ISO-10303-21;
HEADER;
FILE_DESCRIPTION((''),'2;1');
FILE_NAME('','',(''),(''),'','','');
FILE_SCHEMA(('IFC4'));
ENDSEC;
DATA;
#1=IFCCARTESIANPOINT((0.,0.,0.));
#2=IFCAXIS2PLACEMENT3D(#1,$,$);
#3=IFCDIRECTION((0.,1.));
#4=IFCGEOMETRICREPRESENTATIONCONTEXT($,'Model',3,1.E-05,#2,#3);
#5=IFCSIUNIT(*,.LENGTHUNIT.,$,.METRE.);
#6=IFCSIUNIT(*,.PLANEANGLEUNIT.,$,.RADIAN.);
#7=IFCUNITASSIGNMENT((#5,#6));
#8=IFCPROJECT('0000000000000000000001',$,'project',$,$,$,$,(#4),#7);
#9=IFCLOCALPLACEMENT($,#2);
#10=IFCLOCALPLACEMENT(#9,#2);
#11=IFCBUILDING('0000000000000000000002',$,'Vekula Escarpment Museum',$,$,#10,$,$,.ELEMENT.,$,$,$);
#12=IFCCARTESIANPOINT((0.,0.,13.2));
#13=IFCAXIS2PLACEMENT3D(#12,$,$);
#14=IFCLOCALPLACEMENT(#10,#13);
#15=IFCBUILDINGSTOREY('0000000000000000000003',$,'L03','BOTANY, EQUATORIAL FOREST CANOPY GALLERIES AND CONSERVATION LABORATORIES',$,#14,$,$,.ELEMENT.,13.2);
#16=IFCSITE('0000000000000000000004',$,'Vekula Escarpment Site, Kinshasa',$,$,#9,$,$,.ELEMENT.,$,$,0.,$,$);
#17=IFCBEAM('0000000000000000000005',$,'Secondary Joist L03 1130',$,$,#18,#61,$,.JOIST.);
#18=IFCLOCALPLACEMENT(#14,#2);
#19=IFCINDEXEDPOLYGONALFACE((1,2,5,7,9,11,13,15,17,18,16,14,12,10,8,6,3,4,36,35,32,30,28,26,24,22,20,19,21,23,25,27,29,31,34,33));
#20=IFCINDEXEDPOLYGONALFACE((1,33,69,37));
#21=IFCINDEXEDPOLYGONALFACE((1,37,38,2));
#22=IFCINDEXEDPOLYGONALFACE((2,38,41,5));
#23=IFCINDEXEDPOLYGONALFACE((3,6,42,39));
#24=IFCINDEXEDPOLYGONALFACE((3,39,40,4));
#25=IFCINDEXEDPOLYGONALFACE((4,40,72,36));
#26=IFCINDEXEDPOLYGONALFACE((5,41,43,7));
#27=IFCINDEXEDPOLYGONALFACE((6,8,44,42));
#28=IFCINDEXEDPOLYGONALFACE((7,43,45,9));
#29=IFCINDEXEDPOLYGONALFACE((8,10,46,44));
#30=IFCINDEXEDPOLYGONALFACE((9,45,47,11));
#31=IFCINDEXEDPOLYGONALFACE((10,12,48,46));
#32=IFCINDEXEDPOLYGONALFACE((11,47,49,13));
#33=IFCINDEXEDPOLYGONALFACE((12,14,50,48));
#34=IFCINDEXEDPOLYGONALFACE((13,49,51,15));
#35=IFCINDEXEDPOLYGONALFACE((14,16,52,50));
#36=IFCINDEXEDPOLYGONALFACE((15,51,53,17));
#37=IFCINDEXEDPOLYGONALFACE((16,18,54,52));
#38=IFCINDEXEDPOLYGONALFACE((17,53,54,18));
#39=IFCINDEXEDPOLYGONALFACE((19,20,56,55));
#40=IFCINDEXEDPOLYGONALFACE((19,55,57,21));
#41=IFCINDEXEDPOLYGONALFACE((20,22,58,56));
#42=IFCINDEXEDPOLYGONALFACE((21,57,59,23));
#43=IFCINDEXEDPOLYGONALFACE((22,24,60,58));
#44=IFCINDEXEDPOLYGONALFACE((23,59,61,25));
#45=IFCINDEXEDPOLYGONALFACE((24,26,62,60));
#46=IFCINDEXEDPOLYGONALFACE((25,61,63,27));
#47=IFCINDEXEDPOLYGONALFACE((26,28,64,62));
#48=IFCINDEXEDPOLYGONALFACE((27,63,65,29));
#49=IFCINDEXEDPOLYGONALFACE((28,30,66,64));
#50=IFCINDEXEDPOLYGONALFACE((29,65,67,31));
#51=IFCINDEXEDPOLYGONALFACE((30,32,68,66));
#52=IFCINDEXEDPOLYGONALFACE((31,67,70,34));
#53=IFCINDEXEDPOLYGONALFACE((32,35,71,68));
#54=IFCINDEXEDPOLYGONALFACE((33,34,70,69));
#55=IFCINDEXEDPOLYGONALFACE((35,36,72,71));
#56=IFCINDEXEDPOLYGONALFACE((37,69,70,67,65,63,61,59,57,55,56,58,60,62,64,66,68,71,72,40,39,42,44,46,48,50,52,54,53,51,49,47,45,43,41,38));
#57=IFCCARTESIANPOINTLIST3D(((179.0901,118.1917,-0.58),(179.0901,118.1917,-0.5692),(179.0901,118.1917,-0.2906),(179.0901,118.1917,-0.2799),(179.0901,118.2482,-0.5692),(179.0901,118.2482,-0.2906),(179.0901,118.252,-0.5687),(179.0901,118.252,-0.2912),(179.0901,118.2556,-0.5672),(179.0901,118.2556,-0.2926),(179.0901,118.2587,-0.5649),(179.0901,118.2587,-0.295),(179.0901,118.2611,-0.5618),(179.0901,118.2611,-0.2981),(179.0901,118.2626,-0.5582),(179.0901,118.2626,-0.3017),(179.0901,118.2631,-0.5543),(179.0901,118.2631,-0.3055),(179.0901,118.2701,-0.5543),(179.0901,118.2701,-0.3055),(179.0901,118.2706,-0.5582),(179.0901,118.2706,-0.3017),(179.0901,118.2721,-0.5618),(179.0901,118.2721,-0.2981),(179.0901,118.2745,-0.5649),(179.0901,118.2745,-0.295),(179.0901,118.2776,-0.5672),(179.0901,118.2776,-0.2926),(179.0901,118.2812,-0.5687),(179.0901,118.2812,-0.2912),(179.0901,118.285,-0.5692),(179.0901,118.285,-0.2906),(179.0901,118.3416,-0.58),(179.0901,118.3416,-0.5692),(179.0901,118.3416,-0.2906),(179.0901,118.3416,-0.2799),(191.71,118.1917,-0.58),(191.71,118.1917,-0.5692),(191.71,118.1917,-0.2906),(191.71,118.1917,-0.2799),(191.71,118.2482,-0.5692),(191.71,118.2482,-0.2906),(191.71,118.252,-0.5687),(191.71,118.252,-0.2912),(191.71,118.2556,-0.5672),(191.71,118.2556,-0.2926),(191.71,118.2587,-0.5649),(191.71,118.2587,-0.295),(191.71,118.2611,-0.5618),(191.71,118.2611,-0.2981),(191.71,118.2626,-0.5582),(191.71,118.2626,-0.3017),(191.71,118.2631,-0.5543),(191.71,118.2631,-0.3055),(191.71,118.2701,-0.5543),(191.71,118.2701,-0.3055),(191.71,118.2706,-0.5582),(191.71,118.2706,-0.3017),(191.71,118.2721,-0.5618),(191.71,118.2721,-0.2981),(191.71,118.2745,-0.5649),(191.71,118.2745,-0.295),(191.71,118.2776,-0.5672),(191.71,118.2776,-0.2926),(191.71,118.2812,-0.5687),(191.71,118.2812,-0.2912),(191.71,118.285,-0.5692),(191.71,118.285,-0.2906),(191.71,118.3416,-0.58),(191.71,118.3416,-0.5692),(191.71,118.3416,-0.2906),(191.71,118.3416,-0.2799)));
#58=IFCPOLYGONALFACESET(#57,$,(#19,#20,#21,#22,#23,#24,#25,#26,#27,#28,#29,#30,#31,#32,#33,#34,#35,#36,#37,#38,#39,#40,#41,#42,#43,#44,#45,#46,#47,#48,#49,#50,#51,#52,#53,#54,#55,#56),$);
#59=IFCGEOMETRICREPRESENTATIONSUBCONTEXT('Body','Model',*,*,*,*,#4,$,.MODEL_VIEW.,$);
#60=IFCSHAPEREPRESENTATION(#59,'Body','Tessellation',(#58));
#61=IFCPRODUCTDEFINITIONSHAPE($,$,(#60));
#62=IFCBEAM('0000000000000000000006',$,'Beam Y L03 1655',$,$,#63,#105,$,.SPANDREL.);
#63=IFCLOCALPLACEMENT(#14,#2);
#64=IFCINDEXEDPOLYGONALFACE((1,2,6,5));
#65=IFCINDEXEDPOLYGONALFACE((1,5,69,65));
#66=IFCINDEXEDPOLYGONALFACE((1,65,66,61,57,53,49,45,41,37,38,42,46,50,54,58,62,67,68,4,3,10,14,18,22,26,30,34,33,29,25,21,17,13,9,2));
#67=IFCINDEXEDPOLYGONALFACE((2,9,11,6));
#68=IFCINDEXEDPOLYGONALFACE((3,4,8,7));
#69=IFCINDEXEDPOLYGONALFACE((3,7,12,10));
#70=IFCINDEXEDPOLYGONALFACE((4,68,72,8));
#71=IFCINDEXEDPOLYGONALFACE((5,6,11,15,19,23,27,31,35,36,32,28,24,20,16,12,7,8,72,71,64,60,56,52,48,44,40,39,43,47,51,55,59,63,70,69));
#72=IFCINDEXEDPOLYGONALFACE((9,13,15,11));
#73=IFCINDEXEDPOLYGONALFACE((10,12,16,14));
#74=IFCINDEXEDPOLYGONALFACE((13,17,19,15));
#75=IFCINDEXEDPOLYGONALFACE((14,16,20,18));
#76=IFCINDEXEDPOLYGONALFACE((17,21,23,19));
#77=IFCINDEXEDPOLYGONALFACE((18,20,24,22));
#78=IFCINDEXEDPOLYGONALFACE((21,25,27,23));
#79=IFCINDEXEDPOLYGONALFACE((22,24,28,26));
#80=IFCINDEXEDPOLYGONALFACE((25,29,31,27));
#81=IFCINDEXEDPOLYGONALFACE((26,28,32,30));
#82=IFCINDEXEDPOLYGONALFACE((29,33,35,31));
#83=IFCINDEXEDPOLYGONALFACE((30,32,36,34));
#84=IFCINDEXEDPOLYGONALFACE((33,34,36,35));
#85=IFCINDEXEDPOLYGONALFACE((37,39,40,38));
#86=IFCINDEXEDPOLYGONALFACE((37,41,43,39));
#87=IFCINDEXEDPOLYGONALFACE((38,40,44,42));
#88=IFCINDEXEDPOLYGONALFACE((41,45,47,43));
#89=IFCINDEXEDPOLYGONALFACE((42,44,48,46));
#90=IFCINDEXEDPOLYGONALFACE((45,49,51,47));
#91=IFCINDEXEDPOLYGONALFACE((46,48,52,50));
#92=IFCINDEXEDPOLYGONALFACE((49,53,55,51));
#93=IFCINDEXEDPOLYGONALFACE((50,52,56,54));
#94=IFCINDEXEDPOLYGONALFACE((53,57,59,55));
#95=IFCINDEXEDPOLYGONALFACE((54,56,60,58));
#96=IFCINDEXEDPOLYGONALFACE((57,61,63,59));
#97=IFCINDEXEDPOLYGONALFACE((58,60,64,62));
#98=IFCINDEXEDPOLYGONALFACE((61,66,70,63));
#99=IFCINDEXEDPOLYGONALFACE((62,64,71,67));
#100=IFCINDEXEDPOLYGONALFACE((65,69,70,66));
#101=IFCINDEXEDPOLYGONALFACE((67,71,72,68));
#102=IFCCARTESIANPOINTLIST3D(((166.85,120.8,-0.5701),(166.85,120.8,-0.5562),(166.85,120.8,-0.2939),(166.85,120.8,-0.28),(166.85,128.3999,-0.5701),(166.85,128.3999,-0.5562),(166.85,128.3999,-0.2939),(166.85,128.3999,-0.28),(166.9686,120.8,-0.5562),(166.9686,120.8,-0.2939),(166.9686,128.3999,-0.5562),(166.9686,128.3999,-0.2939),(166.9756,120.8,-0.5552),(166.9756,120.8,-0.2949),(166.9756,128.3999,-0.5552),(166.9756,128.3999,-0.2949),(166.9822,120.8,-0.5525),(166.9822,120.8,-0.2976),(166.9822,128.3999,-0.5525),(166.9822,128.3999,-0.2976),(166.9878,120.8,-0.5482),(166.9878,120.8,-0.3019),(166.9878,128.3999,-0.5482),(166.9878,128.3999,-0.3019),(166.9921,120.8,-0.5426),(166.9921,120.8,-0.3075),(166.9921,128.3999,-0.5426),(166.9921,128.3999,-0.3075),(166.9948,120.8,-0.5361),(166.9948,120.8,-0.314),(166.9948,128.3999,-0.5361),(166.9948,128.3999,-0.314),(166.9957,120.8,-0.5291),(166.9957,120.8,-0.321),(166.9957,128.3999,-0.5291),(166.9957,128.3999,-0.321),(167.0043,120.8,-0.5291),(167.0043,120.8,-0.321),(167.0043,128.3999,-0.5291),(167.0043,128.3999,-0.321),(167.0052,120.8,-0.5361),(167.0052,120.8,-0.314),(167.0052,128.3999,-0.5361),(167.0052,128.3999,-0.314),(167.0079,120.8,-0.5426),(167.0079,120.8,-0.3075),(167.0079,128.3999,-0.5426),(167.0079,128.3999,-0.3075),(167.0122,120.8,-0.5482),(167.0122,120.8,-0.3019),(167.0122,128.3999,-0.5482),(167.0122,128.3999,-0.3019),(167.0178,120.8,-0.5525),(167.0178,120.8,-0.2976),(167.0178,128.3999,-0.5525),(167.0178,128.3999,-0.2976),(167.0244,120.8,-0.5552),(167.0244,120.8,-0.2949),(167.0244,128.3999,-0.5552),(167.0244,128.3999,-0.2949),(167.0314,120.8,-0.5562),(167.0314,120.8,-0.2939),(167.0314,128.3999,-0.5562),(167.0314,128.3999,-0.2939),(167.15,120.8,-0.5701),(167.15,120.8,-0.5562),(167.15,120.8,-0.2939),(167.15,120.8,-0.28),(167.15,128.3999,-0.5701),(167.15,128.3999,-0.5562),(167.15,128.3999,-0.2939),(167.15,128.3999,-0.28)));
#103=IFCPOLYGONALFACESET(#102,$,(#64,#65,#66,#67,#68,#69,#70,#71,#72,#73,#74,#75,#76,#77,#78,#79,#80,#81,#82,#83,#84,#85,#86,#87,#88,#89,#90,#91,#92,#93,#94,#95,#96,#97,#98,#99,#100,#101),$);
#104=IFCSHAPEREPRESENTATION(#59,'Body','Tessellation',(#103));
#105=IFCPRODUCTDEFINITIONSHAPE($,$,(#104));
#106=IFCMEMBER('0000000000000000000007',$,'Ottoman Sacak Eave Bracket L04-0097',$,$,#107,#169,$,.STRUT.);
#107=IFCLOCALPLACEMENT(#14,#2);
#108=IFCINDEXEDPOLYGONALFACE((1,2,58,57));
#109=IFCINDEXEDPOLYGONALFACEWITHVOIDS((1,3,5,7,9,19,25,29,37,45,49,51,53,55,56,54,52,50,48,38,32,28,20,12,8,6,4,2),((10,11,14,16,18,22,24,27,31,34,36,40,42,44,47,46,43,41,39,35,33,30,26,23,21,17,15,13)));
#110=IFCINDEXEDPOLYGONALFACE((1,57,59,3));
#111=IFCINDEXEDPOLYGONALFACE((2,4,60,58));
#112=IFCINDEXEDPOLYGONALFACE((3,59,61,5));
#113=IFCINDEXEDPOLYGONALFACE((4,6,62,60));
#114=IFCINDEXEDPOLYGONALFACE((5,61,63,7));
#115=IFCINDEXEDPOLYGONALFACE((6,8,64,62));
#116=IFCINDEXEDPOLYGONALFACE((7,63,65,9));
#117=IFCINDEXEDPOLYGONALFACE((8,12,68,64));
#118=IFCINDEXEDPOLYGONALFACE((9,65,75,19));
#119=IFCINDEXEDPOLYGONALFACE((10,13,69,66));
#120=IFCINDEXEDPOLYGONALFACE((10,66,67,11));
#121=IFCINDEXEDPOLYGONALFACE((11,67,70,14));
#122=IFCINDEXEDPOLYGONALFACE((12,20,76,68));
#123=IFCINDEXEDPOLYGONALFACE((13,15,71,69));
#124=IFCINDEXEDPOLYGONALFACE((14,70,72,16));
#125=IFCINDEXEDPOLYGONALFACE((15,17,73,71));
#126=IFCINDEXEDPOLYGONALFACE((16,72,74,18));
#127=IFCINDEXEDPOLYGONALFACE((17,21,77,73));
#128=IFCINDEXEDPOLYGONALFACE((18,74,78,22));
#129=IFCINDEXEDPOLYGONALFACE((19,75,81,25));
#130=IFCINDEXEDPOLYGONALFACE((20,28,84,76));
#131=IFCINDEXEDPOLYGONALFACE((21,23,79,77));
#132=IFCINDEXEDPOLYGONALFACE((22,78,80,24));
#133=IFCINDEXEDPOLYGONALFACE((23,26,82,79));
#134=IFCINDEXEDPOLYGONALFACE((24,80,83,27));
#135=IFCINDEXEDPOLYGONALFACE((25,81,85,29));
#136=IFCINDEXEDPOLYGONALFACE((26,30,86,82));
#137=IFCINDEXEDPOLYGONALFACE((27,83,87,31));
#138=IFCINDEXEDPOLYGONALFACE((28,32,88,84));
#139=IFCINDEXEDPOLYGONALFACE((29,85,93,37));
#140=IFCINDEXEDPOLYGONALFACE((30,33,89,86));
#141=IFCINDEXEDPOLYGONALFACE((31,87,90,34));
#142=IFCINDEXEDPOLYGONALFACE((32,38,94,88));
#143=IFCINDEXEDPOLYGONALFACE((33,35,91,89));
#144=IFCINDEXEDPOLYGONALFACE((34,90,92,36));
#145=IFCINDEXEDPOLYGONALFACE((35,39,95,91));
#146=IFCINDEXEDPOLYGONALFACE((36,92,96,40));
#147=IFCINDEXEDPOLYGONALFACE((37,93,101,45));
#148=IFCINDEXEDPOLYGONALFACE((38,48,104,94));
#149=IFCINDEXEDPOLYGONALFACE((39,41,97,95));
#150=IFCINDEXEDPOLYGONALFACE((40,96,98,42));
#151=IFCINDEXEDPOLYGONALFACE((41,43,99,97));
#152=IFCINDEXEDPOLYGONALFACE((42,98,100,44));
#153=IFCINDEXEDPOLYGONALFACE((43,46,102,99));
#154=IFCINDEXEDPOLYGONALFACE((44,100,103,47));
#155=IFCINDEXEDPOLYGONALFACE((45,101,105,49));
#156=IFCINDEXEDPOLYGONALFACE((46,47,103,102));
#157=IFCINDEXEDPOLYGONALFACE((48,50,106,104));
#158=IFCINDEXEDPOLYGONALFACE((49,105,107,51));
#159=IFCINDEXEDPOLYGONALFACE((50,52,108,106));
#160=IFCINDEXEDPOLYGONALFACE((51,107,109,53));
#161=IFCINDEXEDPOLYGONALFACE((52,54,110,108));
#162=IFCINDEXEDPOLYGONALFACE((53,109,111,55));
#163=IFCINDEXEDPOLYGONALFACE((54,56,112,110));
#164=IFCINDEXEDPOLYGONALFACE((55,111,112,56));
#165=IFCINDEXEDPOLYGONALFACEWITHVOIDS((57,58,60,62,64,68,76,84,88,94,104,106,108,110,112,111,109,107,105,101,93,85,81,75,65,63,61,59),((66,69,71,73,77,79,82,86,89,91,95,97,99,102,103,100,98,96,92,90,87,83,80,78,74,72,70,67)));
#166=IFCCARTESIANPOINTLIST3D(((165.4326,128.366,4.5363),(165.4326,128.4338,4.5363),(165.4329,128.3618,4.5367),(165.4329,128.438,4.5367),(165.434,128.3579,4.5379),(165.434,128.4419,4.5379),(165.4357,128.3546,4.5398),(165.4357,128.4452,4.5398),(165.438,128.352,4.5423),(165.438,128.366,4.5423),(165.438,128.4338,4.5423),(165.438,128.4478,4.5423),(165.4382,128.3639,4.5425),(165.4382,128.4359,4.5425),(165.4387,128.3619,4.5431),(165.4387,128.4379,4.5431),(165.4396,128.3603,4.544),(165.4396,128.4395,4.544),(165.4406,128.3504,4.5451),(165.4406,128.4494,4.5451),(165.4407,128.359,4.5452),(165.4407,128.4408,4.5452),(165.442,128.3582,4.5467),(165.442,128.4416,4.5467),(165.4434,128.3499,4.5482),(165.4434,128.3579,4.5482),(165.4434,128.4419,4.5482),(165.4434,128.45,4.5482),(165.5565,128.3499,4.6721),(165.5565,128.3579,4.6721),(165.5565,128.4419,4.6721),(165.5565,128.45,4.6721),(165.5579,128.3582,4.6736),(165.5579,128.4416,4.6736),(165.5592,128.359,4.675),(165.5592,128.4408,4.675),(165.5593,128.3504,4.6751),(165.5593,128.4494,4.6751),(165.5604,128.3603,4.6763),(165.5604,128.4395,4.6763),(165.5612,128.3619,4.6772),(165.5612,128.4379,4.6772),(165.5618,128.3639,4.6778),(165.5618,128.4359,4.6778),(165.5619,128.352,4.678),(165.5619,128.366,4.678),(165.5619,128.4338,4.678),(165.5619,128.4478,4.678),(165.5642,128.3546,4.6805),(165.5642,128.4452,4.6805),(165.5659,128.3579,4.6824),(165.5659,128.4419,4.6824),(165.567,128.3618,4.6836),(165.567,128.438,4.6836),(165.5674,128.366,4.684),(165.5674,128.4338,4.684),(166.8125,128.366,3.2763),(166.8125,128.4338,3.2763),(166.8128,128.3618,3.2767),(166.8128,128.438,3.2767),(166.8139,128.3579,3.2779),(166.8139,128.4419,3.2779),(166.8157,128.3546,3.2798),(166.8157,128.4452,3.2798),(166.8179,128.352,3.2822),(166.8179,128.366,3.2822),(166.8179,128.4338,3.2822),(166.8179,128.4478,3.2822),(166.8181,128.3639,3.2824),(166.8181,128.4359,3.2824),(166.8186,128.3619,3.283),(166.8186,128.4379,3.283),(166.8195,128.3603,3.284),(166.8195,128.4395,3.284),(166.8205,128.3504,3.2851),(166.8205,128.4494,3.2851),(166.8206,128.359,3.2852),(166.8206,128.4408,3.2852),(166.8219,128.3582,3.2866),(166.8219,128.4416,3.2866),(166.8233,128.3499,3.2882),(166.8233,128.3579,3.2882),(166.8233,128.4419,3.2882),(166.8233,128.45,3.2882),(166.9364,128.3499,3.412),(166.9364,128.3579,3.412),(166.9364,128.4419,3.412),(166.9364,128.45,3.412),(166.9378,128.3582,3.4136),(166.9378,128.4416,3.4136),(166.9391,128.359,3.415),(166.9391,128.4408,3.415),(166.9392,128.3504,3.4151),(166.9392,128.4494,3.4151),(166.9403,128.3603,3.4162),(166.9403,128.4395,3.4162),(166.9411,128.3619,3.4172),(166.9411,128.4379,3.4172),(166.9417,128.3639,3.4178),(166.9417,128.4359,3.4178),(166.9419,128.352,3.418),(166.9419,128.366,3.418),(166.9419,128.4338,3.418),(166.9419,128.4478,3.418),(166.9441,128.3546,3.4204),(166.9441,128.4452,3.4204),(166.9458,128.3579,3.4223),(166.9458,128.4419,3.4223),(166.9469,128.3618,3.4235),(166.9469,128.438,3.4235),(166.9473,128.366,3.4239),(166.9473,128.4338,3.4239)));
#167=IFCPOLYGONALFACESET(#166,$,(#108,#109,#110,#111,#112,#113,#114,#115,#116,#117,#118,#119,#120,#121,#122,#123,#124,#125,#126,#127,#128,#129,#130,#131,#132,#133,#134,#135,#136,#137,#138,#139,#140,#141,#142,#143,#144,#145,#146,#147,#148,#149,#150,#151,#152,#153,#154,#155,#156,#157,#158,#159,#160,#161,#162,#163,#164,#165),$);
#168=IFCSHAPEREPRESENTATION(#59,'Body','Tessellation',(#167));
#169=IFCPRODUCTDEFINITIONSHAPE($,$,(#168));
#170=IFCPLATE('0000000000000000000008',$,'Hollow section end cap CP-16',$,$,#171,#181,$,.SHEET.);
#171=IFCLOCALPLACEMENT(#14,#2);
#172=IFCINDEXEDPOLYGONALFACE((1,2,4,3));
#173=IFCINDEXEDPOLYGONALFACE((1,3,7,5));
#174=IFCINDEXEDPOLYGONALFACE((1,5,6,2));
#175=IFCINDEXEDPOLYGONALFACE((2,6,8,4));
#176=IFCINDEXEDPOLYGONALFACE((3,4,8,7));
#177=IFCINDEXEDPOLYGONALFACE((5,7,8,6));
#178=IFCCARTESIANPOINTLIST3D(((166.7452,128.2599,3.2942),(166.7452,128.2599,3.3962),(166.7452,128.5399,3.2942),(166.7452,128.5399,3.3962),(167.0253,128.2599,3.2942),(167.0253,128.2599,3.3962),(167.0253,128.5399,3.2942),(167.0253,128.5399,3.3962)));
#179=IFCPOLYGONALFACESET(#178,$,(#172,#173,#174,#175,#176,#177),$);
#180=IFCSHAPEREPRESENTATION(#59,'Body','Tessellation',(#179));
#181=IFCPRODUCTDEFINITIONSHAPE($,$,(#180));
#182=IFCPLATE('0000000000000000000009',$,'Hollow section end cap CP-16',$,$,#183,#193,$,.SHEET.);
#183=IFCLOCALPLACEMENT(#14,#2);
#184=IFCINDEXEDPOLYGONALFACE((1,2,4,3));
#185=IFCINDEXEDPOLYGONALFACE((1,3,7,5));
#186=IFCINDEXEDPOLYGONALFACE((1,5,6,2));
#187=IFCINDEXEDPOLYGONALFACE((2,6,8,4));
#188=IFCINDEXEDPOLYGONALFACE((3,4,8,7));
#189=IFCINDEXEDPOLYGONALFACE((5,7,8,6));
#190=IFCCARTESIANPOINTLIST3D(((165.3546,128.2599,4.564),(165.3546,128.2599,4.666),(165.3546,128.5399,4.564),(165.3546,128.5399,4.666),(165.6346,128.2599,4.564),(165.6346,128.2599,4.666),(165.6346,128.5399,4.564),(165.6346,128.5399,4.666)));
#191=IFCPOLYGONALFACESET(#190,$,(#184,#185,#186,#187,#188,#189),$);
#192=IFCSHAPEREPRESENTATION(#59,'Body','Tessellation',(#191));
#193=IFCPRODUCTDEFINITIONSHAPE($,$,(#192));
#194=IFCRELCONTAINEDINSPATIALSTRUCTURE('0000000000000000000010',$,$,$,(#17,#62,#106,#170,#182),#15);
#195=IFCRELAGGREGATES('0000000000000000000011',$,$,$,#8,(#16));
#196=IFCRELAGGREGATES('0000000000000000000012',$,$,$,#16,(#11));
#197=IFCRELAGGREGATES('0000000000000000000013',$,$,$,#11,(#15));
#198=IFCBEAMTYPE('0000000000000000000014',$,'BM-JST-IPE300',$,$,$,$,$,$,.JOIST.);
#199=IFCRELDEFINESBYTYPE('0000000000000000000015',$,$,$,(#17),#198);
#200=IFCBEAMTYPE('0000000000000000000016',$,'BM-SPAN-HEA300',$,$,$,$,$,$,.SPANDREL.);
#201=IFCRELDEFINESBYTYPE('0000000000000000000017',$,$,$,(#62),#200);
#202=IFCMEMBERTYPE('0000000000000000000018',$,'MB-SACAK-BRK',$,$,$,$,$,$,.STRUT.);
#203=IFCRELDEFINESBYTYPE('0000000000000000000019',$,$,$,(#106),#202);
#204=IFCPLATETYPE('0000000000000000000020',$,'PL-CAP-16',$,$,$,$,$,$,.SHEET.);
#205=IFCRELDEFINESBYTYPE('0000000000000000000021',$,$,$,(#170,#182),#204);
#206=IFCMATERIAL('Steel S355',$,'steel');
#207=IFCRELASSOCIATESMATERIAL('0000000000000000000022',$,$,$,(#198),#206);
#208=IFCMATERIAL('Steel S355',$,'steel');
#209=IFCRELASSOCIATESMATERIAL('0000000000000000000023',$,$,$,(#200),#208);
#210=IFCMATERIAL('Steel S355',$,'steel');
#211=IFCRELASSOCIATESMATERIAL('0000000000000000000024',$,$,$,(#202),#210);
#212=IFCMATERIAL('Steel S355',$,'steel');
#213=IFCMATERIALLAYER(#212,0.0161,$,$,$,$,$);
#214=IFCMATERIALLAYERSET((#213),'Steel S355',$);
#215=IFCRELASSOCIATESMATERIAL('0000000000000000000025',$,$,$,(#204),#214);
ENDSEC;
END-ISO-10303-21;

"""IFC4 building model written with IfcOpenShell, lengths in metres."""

from ifc_helpers import new_model, si_unit, direction, frame, origin, origin_2d, place, context, subcontext, project, spatial, rectangle, hollow_rectangle, i_section, extrude, material, layer, layer_set, material_profile, profile_set, type_object, element, save


model = new_model("IFC4")

# Units and contexts
model_context = context("Model", 3, precision=1e-05, world=origin(), true_north=direction((0.0, 1.0)))
body_context = subcontext(model_context, "Body", "Model", "MODEL_VIEW")
ifc_project = project(units=[si_unit("LENGTHUNIT", "METRE"), si_unit("PLANEANGLEUNIT", "RADIAN")], contexts=[model_context])

# Site, building, storey
site_placement = place(None, origin())
site = spatial("IfcSite", under=ifc_project, at=site_placement, Name="Vekula Escarpment Site, Kinshasa", CompositionType="ELEMENT", RefElevation=0.0)
building_placement = place(site_placement, origin())
building = spatial("IfcBuilding", under=site, at=building_placement, Name="Vekula Escarpment Museum", CompositionType="ELEMENT")
storey_placement = place(building_placement, frame((0.0, 0.0, 13.2)))
storey = spatial("IfcBuildingStorey", under=building, at=storey_placement, Name="L03", Description="BOTANY, EQUATORIAL FOREST CANOPY GALLERIES AND CONSERVATION LABORATORIES", CompositionType="ELEMENT", Elevation=13.2)

# Beams
ifc_material_1 = material(Name="Steel S355", Category="steel")
ifc_material_profile_1 = material_profile(ifc_material_1, i_section(OverallWidth=0.1499, OverallDepth=0.3, WebThickness=0.0071, FlangeThickness=0.0107, FilletRadius=0.0149, at=origin_2d()), Name="IPE 300")
ifc_profile_set_1 = profile_set([ifc_material_profile_1], Name="Steel S355")
beam_type_1 = type_object("IfcBeamType", Name="BM-JST-IPE300", PredefinedType="JOIST", material=ifc_profile_set_1)
beam_1_placement = place(storey_placement, frame((179.0901, 118.2666, -0.4299), z_axis=(1.0, 0.0, 0.0), x_axis=(0.0, 1.0, 0.0)))
element("IfcBeam", 1, at=beam_1_placement, inside=storey, type_object=beam_type_1, Name="Secondary Joist L03 1130", PredefinedType="JOIST", context=body_context, shape_type="SweptSolid", body=[
    extrude(i_section(OverallWidth=0.1499, OverallDepth=0.3, WebThickness=0.0071, FlangeThickness=0.0107, FilletRadius=0.0149, at=origin_2d()), origin(), (0.0, 0.0, 1.0), 12.6199),
])
ifc_material_2 = material(Name="Steel S355", Category="steel")
ifc_material_profile_2 = material_profile(ifc_material_2, i_section(OverallWidth=0.3, OverallDepth=0.29, WebThickness=0.0085, FlangeThickness=0.0139, FilletRadius=0.0271, at=origin_2d()), Name="HEA 300")
ifc_profile_set_2 = profile_set([ifc_material_profile_2], Name="Steel S355")
beam_type_2 = type_object("IfcBeamType", Name="BM-SPAN-HEA300", PredefinedType="SPANDREL", material=ifc_profile_set_2)
beam_2_placement = place(storey_placement, frame((167.0, 120.8, -0.425), z_axis=(0.0, 1.0, 0.0), x_axis=(-1.0, 0.0, 0.0)))
element("IfcBeam", 2, at=beam_2_placement, inside=storey, type_object=beam_type_2, Name="Beam Y L03 1655", PredefinedType="SPANDREL", context=body_context, shape_type="SweptSolid", body=[
    extrude(i_section(OverallWidth=0.3, OverallDepth=0.29, WebThickness=0.0085, FlangeThickness=0.0139, FilletRadius=0.0271, at=origin_2d()), origin(), (0.0, 0.0, 1.0), 7.5999),
])

# Member
ifc_material_3 = material(Name="Steel S355", Category="steel")
ifc_material_profile_3 = material_profile(ifc_material_3, hollow_rectangle(XDim=0.1001, YDim=0.2, WallThickness=0.0081, InnerFilletRadius=0.0081, OuterFilletRadius=0.0161, at=origin_2d()), Name="RHS 200x100x8")
ifc_profile_set_3 = profile_set([ifc_material_profile_3], Name="Steel S355")
member_type = type_object("IfcMemberType", Name="MB-SACAK-BRK", PredefinedType="STRUT", material=ifc_profile_set_3)
member_placement = place(storey_placement, frame((166.8799, 128.3999, 3.3501), z_axis=(-0.738454, 0.0, 0.674303), x_axis=(0.0, -1.0, 0.0)))
element("IfcMember", 3, at=member_placement, inside=storey, type_object=member_type, Name="Ottoman Sacak Eave Bracket L04-0097", PredefinedType="STRUT", context=body_context, shape_type="SweptSolid", body=[
    extrude(hollow_rectangle(XDim=0.1001, YDim=0.2, WallThickness=0.0081, InnerFilletRadius=0.0081, OuterFilletRadius=0.0161, at=origin_2d()), origin(), (0.0, 0.0, 1.0), 1.8687),
])

# Plates
ifc_material_4 = material(Name="Steel S355", Category="steel")
ifc_layer_1 = layer(ifc_material_4, 0.0161)
ifc_layer_set_1 = layer_set([ifc_layer_1], Name="Steel S355")
plate_type = type_object("IfcPlateType", Name="PL-CAP-16", PredefinedType="SHEET", material=ifc_layer_set_1)
for number, where, z_axis, x_axis, name in (
    (4, (166.8853, 128.3999, 3.2942), (0.0, 0.0, 1.0), (1.0, 0.0, 0.0), "Hollow section end cap CP-16"),
    (5, (165.4946, 128.3999, 4.564), (0.0, 0.0, 1.0), (1.0, 0.0, 0.0), "Hollow section end cap CP-16"),
):
    element("IfcPlate", number, at=place(storey_placement, frame(where, z_axis=z_axis, x_axis=x_axis)), inside=storey, type_object=plate_type, Name=name, PredefinedType="SHEET", context=body_context, shape_type="SweptSolid", body=[
        extrude(rectangle(XDim=0.28, YDim=0.28, at=origin_2d()), origin(), (0.0, 0.0, 1.0), 0.1021),
    ])

save(model, "model.ifc")
